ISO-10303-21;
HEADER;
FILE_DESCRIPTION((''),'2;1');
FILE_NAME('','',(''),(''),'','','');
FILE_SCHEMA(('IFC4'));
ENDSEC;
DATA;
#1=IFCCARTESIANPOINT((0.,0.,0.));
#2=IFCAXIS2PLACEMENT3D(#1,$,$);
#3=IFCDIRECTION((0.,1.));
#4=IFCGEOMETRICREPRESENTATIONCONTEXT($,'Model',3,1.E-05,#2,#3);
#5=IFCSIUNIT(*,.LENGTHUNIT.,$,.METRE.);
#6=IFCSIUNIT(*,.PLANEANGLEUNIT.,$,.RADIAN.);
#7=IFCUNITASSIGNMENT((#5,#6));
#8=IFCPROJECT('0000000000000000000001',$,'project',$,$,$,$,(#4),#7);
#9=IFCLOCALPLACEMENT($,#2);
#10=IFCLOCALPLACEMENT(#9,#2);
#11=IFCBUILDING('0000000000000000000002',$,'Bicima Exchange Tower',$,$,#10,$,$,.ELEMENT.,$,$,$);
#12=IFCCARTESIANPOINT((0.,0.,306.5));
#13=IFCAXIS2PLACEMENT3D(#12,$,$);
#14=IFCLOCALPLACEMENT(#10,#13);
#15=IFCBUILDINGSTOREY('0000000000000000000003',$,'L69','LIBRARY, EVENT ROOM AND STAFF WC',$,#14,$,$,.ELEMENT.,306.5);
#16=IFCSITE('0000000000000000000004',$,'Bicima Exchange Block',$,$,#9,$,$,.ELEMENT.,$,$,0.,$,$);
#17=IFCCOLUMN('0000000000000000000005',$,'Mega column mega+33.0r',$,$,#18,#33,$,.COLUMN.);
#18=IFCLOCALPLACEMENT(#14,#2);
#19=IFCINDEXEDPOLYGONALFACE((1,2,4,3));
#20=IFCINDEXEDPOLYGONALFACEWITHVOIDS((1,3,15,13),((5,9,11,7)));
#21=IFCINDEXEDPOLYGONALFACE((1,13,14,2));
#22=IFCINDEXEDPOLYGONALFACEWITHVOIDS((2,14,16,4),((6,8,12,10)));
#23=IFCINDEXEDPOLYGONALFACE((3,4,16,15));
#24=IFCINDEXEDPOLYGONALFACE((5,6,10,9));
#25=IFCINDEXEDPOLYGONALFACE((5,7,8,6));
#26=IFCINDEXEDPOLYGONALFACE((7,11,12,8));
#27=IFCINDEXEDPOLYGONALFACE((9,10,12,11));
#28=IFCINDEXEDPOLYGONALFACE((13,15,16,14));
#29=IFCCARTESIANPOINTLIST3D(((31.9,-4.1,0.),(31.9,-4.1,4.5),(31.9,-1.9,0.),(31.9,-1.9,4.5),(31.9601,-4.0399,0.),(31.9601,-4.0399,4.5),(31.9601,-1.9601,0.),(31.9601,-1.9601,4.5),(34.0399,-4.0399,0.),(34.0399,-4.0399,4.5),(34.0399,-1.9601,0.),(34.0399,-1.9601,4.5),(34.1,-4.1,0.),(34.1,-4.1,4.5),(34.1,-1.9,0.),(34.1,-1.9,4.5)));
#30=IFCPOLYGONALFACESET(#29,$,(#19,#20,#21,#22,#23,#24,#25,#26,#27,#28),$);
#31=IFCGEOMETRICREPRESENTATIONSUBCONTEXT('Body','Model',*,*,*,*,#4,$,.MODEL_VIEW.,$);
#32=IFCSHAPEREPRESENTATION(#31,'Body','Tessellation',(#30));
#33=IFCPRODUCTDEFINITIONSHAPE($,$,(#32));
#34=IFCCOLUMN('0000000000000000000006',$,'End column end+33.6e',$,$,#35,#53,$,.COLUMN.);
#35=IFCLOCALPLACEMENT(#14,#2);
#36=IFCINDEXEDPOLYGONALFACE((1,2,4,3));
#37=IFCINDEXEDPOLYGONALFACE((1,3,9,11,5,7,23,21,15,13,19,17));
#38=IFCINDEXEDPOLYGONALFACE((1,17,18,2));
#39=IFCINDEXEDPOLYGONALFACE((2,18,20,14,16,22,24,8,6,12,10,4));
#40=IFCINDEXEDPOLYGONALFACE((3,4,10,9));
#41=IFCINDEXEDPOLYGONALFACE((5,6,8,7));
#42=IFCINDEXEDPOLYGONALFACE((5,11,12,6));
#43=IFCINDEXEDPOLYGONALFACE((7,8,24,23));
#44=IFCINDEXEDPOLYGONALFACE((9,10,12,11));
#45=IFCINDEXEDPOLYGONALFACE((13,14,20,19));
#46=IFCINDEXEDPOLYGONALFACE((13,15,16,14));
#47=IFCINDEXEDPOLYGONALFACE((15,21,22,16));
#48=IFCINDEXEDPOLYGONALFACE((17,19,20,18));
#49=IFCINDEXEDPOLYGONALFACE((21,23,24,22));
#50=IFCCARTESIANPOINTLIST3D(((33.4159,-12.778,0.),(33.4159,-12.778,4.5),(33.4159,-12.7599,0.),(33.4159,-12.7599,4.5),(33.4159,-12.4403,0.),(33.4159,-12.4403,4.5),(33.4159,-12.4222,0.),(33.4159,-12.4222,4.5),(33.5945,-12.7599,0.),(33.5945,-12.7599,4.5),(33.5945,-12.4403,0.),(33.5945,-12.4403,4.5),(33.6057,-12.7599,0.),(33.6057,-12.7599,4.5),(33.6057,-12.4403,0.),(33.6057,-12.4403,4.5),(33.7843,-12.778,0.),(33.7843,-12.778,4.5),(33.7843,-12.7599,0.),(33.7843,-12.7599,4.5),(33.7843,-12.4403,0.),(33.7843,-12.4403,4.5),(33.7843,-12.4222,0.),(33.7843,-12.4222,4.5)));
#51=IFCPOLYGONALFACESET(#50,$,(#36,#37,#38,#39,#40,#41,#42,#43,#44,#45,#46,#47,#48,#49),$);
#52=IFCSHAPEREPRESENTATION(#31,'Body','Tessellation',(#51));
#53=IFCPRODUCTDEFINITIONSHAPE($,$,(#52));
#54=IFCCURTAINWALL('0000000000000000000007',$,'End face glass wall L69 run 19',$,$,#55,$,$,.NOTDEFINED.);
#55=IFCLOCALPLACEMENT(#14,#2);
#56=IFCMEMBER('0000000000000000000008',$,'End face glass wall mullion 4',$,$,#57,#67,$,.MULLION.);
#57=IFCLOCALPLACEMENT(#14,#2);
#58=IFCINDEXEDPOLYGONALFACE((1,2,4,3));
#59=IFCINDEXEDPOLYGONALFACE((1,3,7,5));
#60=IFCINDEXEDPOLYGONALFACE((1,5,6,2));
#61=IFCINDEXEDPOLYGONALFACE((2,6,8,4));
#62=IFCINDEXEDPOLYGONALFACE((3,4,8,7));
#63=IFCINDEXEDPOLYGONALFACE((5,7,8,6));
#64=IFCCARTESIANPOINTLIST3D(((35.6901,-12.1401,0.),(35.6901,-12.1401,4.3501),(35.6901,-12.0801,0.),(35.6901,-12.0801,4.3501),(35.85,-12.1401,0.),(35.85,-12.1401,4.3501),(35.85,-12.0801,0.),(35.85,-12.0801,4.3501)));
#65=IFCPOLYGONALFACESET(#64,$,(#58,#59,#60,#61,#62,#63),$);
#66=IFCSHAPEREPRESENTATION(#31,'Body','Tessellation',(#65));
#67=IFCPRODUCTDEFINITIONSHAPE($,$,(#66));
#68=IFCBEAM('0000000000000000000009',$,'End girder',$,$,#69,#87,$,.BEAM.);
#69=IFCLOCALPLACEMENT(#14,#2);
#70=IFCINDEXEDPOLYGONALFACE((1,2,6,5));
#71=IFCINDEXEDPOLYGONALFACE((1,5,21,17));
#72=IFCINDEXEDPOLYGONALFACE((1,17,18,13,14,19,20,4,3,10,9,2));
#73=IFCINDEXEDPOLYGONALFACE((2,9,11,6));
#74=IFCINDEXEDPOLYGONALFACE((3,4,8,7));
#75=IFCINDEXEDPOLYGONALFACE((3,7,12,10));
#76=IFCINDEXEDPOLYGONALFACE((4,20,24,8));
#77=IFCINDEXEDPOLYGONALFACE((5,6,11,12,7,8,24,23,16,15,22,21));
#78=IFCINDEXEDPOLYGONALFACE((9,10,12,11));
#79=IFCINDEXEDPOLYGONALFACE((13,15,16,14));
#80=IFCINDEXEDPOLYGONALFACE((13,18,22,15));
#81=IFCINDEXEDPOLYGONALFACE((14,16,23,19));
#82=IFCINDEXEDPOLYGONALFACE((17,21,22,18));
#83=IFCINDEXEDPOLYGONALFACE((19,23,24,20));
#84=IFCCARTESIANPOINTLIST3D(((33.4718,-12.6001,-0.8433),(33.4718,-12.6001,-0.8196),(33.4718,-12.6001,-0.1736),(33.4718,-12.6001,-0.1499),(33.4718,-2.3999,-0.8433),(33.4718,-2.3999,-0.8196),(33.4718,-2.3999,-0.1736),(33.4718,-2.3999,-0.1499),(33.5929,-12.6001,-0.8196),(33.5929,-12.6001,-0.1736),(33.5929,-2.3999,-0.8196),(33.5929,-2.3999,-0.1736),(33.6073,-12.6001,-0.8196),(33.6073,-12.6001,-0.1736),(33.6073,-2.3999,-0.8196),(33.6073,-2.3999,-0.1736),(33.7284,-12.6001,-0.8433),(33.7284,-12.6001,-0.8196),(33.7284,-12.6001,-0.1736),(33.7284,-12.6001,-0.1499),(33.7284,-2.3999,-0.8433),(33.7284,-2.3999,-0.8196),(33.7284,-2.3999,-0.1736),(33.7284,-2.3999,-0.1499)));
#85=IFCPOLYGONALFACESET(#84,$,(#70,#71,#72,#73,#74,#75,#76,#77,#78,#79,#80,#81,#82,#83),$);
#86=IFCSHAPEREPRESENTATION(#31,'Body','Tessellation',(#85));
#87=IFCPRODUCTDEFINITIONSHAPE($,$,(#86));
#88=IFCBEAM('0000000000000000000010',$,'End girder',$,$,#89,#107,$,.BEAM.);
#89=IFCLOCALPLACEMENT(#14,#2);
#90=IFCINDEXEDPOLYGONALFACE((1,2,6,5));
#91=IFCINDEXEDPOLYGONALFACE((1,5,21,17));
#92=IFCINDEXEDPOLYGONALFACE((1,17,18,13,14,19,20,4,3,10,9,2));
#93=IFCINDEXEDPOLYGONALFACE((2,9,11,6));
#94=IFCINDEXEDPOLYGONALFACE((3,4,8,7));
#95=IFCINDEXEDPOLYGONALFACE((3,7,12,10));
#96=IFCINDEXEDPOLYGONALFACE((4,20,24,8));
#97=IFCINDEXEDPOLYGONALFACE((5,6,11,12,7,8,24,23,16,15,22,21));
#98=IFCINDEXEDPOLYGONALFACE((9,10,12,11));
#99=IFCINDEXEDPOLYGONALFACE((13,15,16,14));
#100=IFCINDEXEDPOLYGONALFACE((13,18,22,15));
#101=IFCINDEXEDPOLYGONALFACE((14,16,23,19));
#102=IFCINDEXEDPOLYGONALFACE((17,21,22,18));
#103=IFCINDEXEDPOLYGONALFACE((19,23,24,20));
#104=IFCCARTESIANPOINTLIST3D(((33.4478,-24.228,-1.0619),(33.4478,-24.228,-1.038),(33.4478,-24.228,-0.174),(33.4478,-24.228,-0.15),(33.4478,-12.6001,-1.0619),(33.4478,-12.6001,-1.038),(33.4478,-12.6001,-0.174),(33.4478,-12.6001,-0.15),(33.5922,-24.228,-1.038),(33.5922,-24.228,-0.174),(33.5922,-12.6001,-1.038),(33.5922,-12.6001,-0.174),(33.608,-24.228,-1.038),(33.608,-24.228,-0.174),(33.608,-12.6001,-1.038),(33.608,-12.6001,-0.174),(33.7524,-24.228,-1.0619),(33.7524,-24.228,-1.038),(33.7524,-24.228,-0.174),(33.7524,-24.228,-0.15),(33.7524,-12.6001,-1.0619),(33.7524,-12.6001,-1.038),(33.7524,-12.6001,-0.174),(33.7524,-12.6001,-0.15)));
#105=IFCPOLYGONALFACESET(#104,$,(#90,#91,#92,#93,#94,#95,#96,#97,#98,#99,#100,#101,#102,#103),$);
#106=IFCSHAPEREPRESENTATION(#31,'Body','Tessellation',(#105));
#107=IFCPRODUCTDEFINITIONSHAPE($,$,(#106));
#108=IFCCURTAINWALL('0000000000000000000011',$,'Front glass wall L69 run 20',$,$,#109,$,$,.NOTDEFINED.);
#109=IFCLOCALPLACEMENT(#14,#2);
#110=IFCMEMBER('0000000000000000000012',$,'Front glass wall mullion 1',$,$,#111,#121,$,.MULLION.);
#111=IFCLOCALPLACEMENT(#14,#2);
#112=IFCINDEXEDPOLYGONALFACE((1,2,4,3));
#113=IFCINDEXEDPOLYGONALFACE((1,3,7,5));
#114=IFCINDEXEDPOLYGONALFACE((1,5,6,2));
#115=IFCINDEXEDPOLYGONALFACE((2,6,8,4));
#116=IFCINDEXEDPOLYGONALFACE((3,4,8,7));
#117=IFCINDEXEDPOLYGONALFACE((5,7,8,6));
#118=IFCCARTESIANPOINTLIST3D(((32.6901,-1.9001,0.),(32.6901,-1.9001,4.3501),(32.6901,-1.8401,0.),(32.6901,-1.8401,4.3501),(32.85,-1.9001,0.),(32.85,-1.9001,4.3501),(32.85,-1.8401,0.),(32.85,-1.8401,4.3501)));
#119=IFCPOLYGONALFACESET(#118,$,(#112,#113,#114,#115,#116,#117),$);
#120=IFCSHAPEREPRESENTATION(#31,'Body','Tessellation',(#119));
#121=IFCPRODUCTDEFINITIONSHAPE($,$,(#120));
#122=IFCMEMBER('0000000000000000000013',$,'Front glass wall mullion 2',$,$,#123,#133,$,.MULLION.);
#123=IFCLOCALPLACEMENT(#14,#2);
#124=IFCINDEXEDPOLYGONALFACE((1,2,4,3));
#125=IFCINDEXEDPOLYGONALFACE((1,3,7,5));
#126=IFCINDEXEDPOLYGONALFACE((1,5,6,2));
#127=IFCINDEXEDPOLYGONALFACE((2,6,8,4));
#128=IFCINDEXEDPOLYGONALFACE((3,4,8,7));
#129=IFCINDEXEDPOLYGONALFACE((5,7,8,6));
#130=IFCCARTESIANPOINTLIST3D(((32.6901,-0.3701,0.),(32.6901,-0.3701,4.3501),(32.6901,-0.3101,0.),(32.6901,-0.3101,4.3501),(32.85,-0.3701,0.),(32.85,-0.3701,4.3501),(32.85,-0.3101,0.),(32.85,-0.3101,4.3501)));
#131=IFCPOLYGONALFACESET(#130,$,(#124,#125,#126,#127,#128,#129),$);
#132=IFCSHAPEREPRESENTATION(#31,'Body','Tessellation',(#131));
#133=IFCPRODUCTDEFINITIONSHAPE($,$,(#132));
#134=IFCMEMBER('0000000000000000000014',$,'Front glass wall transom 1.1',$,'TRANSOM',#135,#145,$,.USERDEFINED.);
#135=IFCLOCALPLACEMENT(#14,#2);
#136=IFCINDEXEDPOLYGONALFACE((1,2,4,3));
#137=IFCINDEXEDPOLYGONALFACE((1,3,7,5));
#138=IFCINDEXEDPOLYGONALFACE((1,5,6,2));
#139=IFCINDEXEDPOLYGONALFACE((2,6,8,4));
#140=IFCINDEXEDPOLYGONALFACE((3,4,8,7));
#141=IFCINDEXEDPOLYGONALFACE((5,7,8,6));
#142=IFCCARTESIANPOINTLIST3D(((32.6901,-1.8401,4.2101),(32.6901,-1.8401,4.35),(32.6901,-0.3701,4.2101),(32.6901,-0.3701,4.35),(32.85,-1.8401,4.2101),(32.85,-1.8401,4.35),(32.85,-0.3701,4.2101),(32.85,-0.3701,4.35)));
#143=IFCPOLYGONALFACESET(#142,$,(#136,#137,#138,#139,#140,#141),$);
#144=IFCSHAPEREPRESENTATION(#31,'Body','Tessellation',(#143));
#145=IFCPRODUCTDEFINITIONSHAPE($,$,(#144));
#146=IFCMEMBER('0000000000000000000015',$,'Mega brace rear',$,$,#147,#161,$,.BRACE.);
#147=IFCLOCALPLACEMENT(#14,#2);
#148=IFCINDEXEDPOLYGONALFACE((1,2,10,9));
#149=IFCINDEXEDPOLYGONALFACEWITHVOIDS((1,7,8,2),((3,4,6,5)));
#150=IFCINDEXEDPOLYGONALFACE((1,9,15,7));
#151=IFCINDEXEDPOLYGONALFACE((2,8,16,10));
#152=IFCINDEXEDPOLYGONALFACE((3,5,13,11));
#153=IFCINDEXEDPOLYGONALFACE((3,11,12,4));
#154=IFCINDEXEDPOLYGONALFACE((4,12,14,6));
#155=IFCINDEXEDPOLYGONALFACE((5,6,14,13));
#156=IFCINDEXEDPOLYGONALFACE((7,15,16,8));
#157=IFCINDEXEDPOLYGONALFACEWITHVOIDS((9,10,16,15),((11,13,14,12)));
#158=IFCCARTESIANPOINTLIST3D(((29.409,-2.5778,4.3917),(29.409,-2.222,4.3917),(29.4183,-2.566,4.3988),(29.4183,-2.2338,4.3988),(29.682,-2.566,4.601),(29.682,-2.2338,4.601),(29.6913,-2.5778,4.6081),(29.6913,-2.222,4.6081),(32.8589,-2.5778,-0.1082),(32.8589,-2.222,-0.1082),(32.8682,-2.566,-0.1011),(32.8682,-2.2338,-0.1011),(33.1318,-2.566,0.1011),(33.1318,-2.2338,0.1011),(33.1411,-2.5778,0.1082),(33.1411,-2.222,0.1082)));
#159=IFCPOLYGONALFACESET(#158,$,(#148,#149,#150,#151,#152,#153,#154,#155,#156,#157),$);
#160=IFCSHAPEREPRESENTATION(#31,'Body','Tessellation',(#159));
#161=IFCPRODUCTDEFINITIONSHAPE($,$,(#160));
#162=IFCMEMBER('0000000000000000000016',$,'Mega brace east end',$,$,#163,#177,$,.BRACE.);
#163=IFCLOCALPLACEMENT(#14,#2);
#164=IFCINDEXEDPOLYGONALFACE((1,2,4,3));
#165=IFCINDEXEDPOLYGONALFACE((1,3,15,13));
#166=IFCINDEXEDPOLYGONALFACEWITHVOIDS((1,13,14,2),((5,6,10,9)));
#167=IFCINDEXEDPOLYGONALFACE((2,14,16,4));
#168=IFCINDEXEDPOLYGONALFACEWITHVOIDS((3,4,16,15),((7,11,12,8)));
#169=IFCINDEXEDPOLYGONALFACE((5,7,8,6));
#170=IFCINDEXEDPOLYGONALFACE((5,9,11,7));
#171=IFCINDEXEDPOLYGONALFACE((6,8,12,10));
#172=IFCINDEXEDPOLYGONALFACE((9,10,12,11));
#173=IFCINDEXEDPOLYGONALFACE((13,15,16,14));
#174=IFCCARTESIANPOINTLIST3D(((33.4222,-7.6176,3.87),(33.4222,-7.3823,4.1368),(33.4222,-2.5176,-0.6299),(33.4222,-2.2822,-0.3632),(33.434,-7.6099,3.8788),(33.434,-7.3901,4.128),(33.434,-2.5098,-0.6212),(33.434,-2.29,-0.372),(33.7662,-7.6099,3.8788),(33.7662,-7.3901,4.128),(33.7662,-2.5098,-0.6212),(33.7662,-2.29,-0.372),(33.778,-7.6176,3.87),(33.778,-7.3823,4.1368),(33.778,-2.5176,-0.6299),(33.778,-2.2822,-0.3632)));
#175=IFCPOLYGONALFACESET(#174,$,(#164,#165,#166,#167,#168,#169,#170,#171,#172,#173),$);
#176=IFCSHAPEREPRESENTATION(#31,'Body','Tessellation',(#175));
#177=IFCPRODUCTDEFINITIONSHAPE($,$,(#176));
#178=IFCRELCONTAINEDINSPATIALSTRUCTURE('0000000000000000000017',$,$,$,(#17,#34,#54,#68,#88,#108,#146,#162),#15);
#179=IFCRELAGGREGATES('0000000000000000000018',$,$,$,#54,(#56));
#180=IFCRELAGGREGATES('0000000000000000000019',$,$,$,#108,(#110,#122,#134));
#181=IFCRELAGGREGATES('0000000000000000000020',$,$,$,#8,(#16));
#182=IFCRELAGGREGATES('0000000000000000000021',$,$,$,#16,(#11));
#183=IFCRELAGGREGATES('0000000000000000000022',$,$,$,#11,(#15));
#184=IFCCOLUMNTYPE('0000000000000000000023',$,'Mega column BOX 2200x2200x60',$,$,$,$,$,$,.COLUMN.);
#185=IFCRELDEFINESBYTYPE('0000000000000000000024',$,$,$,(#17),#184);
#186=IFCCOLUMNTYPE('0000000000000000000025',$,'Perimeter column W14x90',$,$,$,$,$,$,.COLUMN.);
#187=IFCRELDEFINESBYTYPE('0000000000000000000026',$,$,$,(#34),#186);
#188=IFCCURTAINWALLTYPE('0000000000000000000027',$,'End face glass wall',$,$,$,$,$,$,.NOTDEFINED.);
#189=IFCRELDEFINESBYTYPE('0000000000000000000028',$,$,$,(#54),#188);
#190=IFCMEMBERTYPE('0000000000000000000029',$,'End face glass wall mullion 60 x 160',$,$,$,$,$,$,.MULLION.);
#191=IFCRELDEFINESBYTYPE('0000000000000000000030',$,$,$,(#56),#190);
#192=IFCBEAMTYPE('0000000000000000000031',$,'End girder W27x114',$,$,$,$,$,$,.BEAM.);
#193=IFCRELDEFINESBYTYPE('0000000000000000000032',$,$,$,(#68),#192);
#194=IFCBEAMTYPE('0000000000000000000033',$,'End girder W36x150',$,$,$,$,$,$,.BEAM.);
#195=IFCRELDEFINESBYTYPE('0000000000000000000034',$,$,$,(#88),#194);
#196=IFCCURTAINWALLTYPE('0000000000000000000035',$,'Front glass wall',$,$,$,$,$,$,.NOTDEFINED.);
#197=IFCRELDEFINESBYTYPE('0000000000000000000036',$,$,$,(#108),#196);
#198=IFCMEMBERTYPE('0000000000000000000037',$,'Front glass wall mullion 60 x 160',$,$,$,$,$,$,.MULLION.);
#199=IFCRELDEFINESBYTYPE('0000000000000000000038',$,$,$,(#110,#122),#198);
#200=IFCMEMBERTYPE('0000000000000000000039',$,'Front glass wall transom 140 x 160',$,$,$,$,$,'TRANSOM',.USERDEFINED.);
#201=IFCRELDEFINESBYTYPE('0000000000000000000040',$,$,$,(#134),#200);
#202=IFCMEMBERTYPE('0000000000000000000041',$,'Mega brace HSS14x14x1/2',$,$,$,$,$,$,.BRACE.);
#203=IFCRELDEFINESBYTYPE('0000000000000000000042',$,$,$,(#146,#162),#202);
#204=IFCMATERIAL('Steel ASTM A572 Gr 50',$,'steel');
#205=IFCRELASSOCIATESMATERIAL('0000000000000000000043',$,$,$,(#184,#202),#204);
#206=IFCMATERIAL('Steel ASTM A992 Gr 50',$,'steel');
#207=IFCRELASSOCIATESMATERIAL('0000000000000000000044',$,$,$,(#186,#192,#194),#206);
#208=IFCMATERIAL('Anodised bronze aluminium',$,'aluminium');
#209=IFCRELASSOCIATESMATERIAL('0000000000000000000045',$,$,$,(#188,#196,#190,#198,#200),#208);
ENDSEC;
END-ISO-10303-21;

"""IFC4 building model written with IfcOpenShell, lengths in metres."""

from ifc_helpers import new_model, si_unit, direction, frame, origin, origin_2d, place, context, subcontext, project, spatial, rectangle, hollow_rectangle, i_section, extrude, material, material_profile, profile_set, type_object, element, aggregate, save


model = new_model("IFC4")

# Units and contexts
model_context = context("Model", 3, precision=1e-05, world=origin(), true_north=direction((0.0, 1.0)))
body_context = subcontext(model_context, "Body", "Model", "MODEL_VIEW")
ifc_project = project(units=[si_unit("LENGTHUNIT", "METRE"), si_unit("PLANEANGLEUNIT", "RADIAN")], contexts=[model_context])

# Site, building, storey
site_placement = place(None, origin())
site = spatial("IfcSite", under=ifc_project, at=site_placement, Name="Bicima Exchange Block", CompositionType="ELEMENT", RefElevation=0.0)
building_placement = place(site_placement, origin())
building = spatial("IfcBuilding", under=site, at=building_placement, Name="Bicima Exchange Tower", CompositionType="ELEMENT")
storey_placement = place(building_placement, frame((0.0, 0.0, 306.5)))
storey = spatial("IfcBuildingStorey", under=building, at=storey_placement, Name="L69", Description="LIBRARY, EVENT ROOM AND STAFF WC", CompositionType="ELEMENT", Elevation=306.5)

# Columns
ifc_material_1 = material(Name="Steel ASTM A572 Gr 50", Category="steel")
ifc_material_profile_1 = material_profile(ifc_material_1, hollow_rectangle(XDim=2.2, YDim=2.2, WallThickness=0.0601, at=origin_2d()))
ifc_profile_set_1 = profile_set([ifc_material_profile_1], Name="Steel ASTM A572 Gr 50")
column_type_1 = type_object("IfcColumnType", Name="Mega column BOX 2200x2200x60", PredefinedType="COLUMN", material=ifc_profile_set_1)
column_1_placement = place(storey_placement, frame((33.0, -3.0, 0.0), z_axis=(0.0, 0.0, 1.0), x_axis=(1.0, 0.0, 0.0)))
element("IfcColumn", 1, at=column_1_placement, inside=storey, type_object=column_type_1, Name="Mega column mega+33.0r", PredefinedType="COLUMN", context=body_context, shape_type="SweptSolid", body=[
    extrude(hollow_rectangle(XDim=2.2, YDim=2.2, WallThickness=0.0601, at=origin_2d()), origin(), (0.0, 0.0, 1.0), 4.5),
])
ifc_material_2 = material(Name="Steel ASTM A992 Gr 50", Category="steel")
ifc_material_profile_2 = material_profile(ifc_material_2, i_section(OverallWidth=0.3684, OverallDepth=0.3557, WebThickness=0.0112, FlangeThickness=0.0181, at=origin_2d()))
ifc_profile_set_2 = profile_set([ifc_material_profile_2], Name="Steel ASTM A992 Gr 50")
column_type_2 = type_object("IfcColumnType", Name="Perimeter column W14x90", PredefinedType="COLUMN", material=ifc_profile_set_2)
column_2_placement = place(storey_placement, frame((33.6001, -12.6001, 0.0), z_axis=(0.0, 0.0, 1.0), x_axis=(1.0, 0.0, 0.0)))
element("IfcColumn", 2, at=column_2_placement, inside=storey, type_object=column_type_2, Name="End column end+33.6e", PredefinedType="COLUMN", context=body_context, shape_type="SweptSolid", body=[
    extrude(i_section(OverallWidth=0.3684, OverallDepth=0.3557, WebThickness=0.0112, FlangeThickness=0.0181, at=origin_2d()), origin(), (0.0, 0.0, 1.0), 4.5),
])

# Curtain wall, member
ifc_material_3 = material(Name="Anodised bronze aluminium", Category="aluminium")
curtain_wall_type_1 = type_object("IfcCurtainWallType", Name="End face glass wall", PredefinedType="NOTDEFINED", material=ifc_material_3)
curtain_wall_1_placement = place(storey_placement, origin())
curtain_wall_1 = element("IfcCurtainWall", 3, at=curtain_wall_1_placement, inside=storey, type_object=curtain_wall_type_1, Name="End face glass wall L69 run 19", PredefinedType="NOTDEFINED")
ifc_material_profile_3 = material_profile(ifc_material_3, rectangle(XDim=0.1599, YDim=0.0601, at=origin_2d()))
ifc_profile_set_3 = profile_set([ifc_material_profile_3], Name="Anodised bronze aluminium")
member_type_1 = type_object("IfcMemberType", Name="End face glass wall mullion 60 x 160", PredefinedType="MULLION", material=ifc_profile_set_3)
member_1_placement = place(storey_placement, frame((35.77, -12.1101, 0.0), z_axis=(0.0, 0.0, 1.0), x_axis=(-1.0, 0.0, 0.0)))
member_1 = element("IfcMember", 4, at=member_1_placement, type_object=member_type_1, Name="End face glass wall mullion 4", PredefinedType="MULLION", context=body_context, shape_type="SweptSolid", body=[
    extrude(rectangle(XDim=0.1599, YDim=0.0601, at=origin_2d()), origin(), (0.0, 0.0, 1.0), 4.3501),
])
aggregate(curtain_wall_1, [member_1])

# Beams
ifc_material_profile_4 = material_profile(ifc_material_2, i_section(OverallWidth=0.2566, OverallDepth=0.6934, WebThickness=0.0144, FlangeThickness=0.0237, at=origin_2d()))
ifc_profile_set_4 = profile_set([ifc_material_profile_4], Name="Steel ASTM A992 Gr 50")
beam_type_1 = type_object("IfcBeamType", Name="End girder W27x114", PredefinedType="BEAM", material=ifc_profile_set_4)
beam_1_placement = place(storey_placement, frame((33.6001, -2.3999, -0.4966), z_axis=(0.0, -1.0, 0.0), x_axis=(1.0, 0.0, 0.0)))
element("IfcBeam", 5, at=beam_1_placement, inside=storey, type_object=beam_type_1, Name="End girder", PredefinedType="BEAM", context=body_context, shape_type="SweptSolid", body=[
    extrude(i_section(OverallWidth=0.2566, OverallDepth=0.6934, WebThickness=0.0144, FlangeThickness=0.0237, at=origin_2d()), origin(), (0.0, 0.0, 1.0), 10.2002),
])
ifc_material_profile_5 = material_profile(ifc_material_2, i_section(OverallWidth=0.3047, OverallDepth=0.9119, WebThickness=0.0159, FlangeThickness=0.0239, at=origin_2d()))
ifc_profile_set_5 = profile_set([ifc_material_profile_5], Name="Steel ASTM A992 Gr 50")
beam_type_2 = type_object("IfcBeamType", Name="End girder W36x150", PredefinedType="BEAM", material=ifc_profile_set_5)
beam_2_placement = place(storey_placement, frame((33.6001, -12.6001, -0.606), z_axis=(0.0, -1.0, 0.0), x_axis=(1.0, 0.0, 0.0)))
element("IfcBeam", 6, at=beam_2_placement, inside=storey, type_object=beam_type_2, Name="End girder", PredefinedType="BEAM", context=body_context, shape_type="SweptSolid", body=[
    extrude(i_section(OverallWidth=0.3047, OverallDepth=0.9119, WebThickness=0.0159, FlangeThickness=0.0239, at=origin_2d()), origin(), (0.0, 0.0, 1.0), 11.6279),
])

# Curtain wall, members
curtain_wall_type_2 = type_object("IfcCurtainWallType", Name="Front glass wall", PredefinedType="NOTDEFINED", material=ifc_material_3)
curtain_wall_2_placement = place(storey_placement, origin())
curtain_wall_2 = element("IfcCurtainWall", 7, at=curtain_wall_2_placement, inside=storey, type_object=curtain_wall_type_2, Name="Front glass wall L69 run 20", PredefinedType="NOTDEFINED")
member_type_2 = type_object("IfcMemberType", Name="Front glass wall mullion 60 x 160", PredefinedType="MULLION", material=ifc_profile_set_3)
member_2_placement = place(storey_placement, frame((32.77, -1.8701, 0.0), z_axis=(0.0, 0.0, 1.0), x_axis=(-1.0, 0.0, 0.0)))
member_2 = element("IfcMember", 8, at=member_2_placement, type_object=member_type_2, Name="Front glass wall mullion 1", PredefinedType="MULLION", context=body_context, shape_type="SweptSolid", body=[
    extrude(rectangle(XDim=0.1599, YDim=0.0601, at=origin_2d()), origin(), (0.0, 0.0, 1.0), 4.3501),
])
member_3_placement = place(storey_placement, frame((32.77, -0.3401, 0.0), z_axis=(0.0, 0.0, 1.0), x_axis=(-1.0, 0.0, 0.0)))
member_3 = element("IfcMember", 9, at=member_3_placement, type_object=member_type_2, Name="Front glass wall mullion 2", PredefinedType="MULLION", context=body_context, shape_type="SweptSolid", body=[
    extrude(rectangle(XDim=0.1599, YDim=0.0601, at=origin_2d()), origin(), (0.0, 0.0, 1.0), 4.3501),
])
ifc_material_profile_6 = material_profile(ifc_material_3, rectangle(XDim=0.1599, YDim=0.1399, at=origin_2d()))
ifc_profile_set_6 = profile_set([ifc_material_profile_6], Name="Anodised bronze aluminium")
member_type_3 = type_object("IfcMemberType", Name="Front glass wall transom 140 x 160", ElementType="TRANSOM", PredefinedType="USERDEFINED", material=ifc_profile_set_6)
member_4_placement = place(storey_placement, frame((32.77, -1.8401, 4.28), z_axis=(0.0, 1.0, 0.0), x_axis=(-1.0, 0.0, 0.0)))
member_4 = element("IfcMember", 10, at=member_4_placement, type_object=member_type_3, Name="Front glass wall transom 1.1", ObjectType="TRANSOM", PredefinedType="USERDEFINED", context=body_context, shape_type="SweptSolid", body=[
    extrude(rectangle(XDim=0.1599, YDim=0.1399, at=origin_2d()), origin(), (0.0, 0.0, 1.0), 1.47),
])

# Members
ifc_material_profile_7 = material_profile(ifc_material_1, hollow_rectangle(XDim=0.3557, YDim=0.3557, WallThickness=0.0117, at=origin_2d()))
ifc_profile_set_7 = profile_set([ifc_material_profile_7], Name="Steel ASTM A572 Gr 50")
member_type_4 = type_object("IfcMemberType", Name="Mega brace HSS14x14x1/2", PredefinedType="BRACE", material=ifc_profile_set_7)
member_5_placement = place(storey_placement, frame((33.0, -2.3999, 0.0), z_axis=(-0.608426, 0.0, 0.793611), x_axis=(0.0, -1.0, 0.0)))
element("IfcMember", 11, at=member_5_placement, inside=storey, type_object=member_type_4, Name="Mega brace rear", PredefinedType="BRACE", context=body_context, shape_type="SweptSolid", body=[
    extrude(hollow_rectangle(XDim=0.3557, YDim=0.3557, WallThickness=0.0117, at=origin_2d()), origin(), (0.0, 0.0, 1.0), 5.6702),
])
for number, where, z_axis, x_axis, name in (
    (12, (33.6001, -2.3999, -0.4966), (0.0, -0.749844, 0.661615), (1.0, 0.0, 0.0), "Mega brace east end"),
):
    element("IfcMember", number, at=place(storey_placement, frame(where, z_axis=z_axis, x_axis=x_axis)), inside=storey, type_object=member_type_4, Name=name, PredefinedType="BRACE", context=body_context, shape_type="SweptSolid", body=[
        extrude(hollow_rectangle(XDim=0.3557, YDim=0.3557, WallThickness=0.0117, at=origin_2d()), origin(), (0.0, 0.0, 1.0), 6.8015),
    ])

aggregate(curtain_wall_2, [member_2, member_3, member_4])

save(model, "model.ifc")
